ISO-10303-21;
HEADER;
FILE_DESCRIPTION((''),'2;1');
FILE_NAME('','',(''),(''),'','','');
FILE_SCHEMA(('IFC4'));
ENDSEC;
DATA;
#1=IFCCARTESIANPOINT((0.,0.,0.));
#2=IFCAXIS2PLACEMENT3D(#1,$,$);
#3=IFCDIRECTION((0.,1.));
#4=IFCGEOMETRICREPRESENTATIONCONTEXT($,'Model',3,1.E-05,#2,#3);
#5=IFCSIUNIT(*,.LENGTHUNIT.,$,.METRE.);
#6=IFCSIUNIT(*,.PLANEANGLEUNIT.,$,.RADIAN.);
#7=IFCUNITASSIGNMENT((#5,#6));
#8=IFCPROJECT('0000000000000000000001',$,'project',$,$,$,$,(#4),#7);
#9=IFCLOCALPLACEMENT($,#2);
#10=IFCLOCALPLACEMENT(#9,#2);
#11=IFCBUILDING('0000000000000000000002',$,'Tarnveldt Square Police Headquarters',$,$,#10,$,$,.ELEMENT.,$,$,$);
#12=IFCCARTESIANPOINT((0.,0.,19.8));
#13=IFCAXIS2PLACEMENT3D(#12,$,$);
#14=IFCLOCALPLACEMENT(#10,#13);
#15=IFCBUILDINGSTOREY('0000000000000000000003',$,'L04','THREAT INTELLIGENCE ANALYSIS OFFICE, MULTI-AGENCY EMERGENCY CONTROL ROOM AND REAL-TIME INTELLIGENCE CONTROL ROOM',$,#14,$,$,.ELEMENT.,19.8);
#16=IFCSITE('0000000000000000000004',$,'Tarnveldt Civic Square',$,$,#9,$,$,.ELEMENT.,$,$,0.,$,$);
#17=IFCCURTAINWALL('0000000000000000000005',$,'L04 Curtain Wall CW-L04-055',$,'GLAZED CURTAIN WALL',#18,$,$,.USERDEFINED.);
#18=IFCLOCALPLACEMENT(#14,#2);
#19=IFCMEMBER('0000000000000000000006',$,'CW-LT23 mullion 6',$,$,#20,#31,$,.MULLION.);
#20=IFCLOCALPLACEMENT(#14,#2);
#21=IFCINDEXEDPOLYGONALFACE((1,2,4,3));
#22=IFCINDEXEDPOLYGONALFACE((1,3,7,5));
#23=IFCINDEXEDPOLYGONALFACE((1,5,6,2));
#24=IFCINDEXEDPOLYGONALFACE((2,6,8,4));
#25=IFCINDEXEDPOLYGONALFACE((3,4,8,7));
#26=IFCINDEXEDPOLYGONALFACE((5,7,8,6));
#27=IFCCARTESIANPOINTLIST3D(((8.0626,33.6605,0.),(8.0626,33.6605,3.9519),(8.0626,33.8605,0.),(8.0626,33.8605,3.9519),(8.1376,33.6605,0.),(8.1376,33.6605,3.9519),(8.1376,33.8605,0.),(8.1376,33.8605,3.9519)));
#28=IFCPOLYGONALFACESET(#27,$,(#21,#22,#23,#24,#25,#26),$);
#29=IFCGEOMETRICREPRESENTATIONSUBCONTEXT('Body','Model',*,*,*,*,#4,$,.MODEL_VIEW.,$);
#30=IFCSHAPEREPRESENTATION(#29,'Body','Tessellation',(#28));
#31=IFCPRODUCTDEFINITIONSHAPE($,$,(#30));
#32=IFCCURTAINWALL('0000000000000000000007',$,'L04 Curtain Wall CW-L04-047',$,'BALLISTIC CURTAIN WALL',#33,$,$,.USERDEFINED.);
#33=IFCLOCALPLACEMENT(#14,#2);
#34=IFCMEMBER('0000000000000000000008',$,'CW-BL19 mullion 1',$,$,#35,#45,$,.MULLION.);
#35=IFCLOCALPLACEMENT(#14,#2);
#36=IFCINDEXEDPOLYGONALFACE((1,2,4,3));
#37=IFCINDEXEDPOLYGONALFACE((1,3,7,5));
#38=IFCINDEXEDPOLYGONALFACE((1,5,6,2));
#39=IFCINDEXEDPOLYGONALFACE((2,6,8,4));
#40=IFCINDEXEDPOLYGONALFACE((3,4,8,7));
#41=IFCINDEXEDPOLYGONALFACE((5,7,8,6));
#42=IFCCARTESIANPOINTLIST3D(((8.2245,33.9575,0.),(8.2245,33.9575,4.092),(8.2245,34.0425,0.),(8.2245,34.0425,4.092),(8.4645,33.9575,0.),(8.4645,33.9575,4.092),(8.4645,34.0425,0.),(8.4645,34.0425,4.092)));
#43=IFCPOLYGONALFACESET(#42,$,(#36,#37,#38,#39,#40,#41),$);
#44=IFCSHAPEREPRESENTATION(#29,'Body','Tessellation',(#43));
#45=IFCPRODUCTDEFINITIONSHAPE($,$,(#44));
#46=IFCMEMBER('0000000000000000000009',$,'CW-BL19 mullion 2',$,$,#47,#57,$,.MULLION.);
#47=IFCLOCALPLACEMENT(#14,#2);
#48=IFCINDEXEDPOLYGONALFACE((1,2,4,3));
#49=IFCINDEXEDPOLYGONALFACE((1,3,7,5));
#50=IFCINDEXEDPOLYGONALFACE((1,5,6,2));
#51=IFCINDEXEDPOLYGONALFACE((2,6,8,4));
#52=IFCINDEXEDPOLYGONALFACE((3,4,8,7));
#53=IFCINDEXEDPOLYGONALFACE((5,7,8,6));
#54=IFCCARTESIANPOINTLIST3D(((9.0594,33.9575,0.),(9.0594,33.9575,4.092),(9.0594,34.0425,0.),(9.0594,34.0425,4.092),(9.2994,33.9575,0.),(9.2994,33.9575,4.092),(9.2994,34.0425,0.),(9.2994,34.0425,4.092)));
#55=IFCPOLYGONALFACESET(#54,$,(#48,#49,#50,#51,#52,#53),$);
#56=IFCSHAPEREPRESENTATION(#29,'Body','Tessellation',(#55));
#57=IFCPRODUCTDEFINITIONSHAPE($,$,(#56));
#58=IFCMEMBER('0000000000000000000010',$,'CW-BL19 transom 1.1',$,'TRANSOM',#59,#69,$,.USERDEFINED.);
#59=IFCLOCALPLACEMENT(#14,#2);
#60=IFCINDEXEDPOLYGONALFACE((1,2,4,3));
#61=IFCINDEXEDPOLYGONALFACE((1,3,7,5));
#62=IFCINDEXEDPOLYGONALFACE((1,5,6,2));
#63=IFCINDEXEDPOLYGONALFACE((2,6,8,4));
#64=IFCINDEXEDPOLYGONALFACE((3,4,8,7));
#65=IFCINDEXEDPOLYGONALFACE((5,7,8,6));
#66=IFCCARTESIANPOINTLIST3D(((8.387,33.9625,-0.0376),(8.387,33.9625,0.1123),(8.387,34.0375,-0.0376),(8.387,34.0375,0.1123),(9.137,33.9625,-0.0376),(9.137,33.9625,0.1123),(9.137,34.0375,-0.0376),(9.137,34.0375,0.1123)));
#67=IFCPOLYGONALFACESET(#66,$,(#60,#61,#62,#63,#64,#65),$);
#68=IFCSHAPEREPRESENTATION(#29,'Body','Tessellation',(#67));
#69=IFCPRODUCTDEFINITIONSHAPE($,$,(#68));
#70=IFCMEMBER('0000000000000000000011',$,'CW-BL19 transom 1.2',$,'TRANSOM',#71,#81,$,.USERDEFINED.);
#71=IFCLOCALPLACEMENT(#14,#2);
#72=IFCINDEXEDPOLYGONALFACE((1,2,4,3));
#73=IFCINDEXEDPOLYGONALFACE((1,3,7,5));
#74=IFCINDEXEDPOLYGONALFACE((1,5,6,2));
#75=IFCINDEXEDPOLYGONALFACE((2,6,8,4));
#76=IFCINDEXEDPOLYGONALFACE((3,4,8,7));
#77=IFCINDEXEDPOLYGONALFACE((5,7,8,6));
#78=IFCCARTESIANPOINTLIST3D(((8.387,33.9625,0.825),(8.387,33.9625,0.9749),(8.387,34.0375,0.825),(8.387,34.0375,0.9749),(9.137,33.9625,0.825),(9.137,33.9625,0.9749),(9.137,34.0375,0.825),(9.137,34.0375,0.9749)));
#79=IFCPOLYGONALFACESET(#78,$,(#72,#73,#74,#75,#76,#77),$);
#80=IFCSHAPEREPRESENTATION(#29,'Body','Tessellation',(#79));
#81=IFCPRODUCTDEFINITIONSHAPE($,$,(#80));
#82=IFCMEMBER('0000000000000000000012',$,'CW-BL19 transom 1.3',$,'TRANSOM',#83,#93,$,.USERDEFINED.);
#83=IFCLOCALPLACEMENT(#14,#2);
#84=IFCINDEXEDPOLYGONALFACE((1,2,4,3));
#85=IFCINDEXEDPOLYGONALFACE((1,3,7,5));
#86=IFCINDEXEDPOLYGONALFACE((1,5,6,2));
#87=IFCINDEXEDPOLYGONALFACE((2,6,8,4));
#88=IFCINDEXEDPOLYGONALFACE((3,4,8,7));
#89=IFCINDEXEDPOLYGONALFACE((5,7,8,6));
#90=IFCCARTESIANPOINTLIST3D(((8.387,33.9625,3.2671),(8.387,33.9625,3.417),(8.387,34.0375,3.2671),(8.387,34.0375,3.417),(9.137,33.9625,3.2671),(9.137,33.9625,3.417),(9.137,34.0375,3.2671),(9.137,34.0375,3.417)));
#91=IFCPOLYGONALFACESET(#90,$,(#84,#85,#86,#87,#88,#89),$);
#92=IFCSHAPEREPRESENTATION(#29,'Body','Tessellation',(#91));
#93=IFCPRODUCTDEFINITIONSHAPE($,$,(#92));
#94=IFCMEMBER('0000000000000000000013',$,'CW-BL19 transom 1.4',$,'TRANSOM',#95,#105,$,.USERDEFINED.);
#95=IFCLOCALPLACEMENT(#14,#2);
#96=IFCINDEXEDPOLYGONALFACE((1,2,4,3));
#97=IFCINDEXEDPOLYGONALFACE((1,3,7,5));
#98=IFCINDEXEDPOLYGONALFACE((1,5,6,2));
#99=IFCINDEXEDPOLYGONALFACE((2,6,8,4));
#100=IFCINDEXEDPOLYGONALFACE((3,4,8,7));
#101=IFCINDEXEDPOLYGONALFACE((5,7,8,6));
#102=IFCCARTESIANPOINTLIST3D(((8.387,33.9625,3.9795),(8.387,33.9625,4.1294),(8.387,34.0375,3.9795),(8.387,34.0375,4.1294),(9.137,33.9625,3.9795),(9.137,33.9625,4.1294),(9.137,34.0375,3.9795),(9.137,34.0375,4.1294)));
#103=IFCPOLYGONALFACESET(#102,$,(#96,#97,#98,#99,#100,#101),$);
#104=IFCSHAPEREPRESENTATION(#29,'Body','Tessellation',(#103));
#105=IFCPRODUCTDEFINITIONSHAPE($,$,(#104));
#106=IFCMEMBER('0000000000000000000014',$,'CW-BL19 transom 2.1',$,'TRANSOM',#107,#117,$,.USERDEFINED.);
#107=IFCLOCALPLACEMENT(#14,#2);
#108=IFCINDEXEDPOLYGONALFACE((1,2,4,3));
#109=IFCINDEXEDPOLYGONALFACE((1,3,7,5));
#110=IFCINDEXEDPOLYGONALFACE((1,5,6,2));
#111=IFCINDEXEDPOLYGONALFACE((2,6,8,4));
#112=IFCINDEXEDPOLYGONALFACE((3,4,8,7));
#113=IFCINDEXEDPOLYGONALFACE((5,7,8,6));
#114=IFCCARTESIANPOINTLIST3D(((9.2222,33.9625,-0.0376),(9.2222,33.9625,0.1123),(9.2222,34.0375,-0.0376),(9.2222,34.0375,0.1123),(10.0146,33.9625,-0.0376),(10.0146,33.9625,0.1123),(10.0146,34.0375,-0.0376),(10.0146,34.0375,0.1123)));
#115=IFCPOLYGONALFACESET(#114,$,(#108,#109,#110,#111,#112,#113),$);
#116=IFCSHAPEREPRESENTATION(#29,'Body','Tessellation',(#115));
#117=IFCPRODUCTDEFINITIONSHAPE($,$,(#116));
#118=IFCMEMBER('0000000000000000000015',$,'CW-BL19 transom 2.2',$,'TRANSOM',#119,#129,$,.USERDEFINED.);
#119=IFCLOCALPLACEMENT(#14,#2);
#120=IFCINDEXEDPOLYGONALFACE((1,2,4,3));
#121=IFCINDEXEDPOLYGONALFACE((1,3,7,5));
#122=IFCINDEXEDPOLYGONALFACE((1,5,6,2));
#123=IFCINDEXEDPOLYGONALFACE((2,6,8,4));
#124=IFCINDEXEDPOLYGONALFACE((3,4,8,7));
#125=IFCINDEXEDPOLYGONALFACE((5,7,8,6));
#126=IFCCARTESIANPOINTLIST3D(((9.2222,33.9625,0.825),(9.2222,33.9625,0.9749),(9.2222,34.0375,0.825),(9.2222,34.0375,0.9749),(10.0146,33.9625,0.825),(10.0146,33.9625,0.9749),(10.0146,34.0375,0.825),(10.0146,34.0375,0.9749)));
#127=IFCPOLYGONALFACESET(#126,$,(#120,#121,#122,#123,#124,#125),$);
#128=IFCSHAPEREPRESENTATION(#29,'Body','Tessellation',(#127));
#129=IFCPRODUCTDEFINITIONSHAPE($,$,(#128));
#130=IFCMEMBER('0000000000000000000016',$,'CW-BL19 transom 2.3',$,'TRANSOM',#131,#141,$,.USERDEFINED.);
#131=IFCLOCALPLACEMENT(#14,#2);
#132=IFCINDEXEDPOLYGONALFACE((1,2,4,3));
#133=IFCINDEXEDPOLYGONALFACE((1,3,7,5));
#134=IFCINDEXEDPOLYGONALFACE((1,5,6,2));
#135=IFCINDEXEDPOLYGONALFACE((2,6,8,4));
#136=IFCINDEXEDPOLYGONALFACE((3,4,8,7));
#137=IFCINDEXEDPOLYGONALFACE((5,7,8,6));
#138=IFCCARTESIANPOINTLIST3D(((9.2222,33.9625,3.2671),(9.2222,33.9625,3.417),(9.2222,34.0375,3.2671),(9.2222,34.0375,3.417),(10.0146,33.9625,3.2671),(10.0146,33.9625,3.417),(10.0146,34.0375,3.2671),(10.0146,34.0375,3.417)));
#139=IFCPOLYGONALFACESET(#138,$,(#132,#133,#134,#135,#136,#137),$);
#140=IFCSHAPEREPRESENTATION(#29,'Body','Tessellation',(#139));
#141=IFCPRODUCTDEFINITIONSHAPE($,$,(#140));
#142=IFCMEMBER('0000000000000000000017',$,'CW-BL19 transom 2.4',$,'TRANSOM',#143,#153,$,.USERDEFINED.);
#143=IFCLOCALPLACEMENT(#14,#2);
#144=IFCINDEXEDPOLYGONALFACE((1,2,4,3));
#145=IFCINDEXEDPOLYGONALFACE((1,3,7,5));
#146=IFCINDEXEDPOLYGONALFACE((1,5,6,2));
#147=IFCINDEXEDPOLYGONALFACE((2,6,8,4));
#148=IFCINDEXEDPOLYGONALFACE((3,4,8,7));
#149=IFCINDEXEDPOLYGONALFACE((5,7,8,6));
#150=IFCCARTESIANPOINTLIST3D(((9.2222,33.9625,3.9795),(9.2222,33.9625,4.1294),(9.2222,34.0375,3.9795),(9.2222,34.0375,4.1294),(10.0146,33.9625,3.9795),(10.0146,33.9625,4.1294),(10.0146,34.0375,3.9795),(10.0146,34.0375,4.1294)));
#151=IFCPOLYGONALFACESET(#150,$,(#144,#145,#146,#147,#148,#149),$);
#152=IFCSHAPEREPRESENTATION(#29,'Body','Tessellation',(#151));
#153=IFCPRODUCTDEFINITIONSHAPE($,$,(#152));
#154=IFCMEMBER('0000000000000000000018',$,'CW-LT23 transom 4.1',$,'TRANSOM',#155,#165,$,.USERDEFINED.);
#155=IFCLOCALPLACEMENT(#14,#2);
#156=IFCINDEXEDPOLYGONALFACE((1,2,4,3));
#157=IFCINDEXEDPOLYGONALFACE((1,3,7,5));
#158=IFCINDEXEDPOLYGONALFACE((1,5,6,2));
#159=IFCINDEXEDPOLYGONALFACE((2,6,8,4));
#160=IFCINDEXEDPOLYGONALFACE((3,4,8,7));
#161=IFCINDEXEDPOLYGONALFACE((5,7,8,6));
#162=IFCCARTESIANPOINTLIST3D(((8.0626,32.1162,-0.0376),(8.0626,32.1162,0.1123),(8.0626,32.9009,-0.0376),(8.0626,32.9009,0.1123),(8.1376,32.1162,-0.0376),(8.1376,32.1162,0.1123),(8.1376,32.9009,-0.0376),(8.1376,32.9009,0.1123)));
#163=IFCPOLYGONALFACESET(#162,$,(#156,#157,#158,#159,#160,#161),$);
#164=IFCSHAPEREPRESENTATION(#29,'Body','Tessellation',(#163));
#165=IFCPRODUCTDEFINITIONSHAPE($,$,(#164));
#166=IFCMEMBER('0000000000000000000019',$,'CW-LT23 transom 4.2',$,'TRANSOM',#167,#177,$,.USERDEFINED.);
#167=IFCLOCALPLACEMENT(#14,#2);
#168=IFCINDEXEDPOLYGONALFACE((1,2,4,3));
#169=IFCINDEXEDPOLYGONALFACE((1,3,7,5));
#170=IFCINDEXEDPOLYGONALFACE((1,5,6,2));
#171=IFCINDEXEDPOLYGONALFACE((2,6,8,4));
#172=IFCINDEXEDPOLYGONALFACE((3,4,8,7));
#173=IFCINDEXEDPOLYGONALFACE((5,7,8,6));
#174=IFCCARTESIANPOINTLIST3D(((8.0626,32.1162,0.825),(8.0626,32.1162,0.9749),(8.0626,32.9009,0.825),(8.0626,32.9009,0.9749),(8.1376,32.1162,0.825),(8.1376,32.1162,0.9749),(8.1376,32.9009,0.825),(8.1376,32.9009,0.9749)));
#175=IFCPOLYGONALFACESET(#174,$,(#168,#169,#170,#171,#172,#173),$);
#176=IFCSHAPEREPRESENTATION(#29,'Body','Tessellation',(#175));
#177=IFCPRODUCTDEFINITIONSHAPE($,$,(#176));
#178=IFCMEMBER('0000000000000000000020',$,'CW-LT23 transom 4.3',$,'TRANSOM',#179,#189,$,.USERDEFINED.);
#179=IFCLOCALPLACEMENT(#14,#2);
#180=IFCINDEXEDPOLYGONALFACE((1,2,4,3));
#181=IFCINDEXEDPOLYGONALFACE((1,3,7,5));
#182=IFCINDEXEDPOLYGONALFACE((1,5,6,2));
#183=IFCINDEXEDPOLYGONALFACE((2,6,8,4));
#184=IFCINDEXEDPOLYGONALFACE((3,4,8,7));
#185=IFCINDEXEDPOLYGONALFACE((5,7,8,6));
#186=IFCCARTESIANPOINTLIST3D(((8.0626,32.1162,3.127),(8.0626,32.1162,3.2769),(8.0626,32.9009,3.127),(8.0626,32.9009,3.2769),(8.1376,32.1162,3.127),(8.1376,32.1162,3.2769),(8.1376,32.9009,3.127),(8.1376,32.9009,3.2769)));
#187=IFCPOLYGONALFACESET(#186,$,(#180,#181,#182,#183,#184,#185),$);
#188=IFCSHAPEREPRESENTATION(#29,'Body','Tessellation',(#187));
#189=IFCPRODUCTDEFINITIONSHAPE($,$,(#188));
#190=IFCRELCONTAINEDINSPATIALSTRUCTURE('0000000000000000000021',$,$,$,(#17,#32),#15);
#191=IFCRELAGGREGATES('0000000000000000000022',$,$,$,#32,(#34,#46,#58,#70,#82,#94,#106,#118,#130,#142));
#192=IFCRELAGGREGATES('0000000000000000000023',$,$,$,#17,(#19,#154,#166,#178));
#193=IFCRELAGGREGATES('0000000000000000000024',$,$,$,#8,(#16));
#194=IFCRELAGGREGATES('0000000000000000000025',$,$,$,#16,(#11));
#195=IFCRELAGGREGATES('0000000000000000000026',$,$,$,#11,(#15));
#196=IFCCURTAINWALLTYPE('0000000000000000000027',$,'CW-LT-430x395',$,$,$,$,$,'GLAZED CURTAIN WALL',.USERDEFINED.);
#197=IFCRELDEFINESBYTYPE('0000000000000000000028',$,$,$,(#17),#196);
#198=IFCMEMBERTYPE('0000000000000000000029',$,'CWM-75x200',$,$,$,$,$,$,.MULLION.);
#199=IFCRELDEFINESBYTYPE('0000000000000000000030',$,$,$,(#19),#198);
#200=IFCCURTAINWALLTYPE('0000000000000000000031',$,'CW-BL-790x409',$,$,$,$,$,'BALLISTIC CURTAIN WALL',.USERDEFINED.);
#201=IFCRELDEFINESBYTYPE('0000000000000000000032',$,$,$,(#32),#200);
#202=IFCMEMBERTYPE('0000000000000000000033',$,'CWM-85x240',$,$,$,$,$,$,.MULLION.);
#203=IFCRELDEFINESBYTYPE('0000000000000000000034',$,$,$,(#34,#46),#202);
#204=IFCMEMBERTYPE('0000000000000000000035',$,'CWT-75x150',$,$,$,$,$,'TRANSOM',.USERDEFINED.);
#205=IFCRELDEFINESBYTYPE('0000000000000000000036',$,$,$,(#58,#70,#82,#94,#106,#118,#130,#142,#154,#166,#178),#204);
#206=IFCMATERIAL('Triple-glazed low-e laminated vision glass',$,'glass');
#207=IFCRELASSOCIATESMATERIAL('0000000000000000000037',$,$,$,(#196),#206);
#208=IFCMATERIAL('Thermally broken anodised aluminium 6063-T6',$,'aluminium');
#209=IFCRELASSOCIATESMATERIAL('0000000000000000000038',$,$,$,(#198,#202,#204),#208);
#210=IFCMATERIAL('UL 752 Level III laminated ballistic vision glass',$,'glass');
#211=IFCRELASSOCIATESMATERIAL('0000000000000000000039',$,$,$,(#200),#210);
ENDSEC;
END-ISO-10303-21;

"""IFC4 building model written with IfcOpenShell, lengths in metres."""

from ifc_helpers import new_model, si_unit, direction, frame, origin, origin_2d, place, context, subcontext, project, spatial, rectangle, extrude, material, material_profile, profile_set, type_object, element, aggregate, save


model = new_model("IFC4")

# Units and contexts
model_context = context("Model", 3, precision=1e-05, world=origin(), true_north=direction((0.0, 1.0)))
body_context = subcontext(model_context, "Body", "Model", "MODEL_VIEW")
ifc_project = project(units=[si_unit("LENGTHUNIT", "METRE"), si_unit("PLANEANGLEUNIT", "RADIAN")], contexts=[model_context])

# Site, building, storey
site_placement = place(None, origin())
site = spatial("IfcSite", under=ifc_project, at=site_placement, Name="Tarnveldt Civic Square", CompositionType="ELEMENT", RefElevation=0.0)
building_placement = place(site_placement, origin())
building = spatial("IfcBuilding", under=site, at=building_placement, Name="Tarnveldt Square Police Headquarters", CompositionType="ELEMENT")
storey_placement = place(building_placement, frame((0.0, 0.0, 19.8)))
storey = spatial("IfcBuildingStorey", under=building, at=storey_placement, Name="L04", Description="THREAT INTELLIGENCE ANALYSIS OFFICE, MULTI-AGENCY EMERGENCY CONTROL ROOM AND REAL-TIME INTELLIGENCE CONTROL ROOM", CompositionType="ELEMENT", Elevation=19.8)

# Curtain walls, members
ifc_material_1 = material(Name="Triple-glazed low-e laminated vision glass", Category="glass")
curtain_wall_type_1 = type_object("IfcCurtainWallType", Name="CW-LT-430x395", ElementType="GLAZED CURTAIN WALL", PredefinedType="USERDEFINED", material=ifc_material_1)
curtain_wall_1_placement = place(storey_placement, origin())
curtain_wall_1 = element("IfcCurtainWall", 1, at=curtain_wall_1_placement, inside=storey, type_object=curtain_wall_type_1, Name="L04 Curtain Wall CW-L04-055", ObjectType="GLAZED CURTAIN WALL", PredefinedType="USERDEFINED")
ifc_material_2 = material(Name="Thermally broken anodised aluminium 6063-T6", Category="aluminium")
ifc_material_profile_1 = material_profile(ifc_material_2, rectangle(XDim=0.075, YDim=0.2, at=origin_2d()), Name="CW-M75x200")
ifc_profile_set_1 = profile_set([ifc_material_profile_1], Name="Thermally broken anodised aluminium 6063-T6")
member_type_1 = type_object("IfcMemberType", Name="CWM-75x200", PredefinedType="MULLION", material=ifc_profile_set_1)
member_1_placement = place(storey_placement, frame((8.1001, 33.7605, 0.0), z_axis=(0.0, 0.0, 1.0), x_axis=(-1.0, 0.0, 0.0)))
member_1 = element("IfcMember", 2, at=member_1_placement, type_object=member_type_1, Name="CW-LT23 mullion 6", PredefinedType="MULLION", context=body_context, shape_type="SweptSolid", body=[
    extrude(rectangle(XDim=0.075, YDim=0.2, at=origin_2d()), origin(), (0.0, 0.0, 1.0), 3.9519),
])
ifc_material_3 = material(Name="UL 752 Level III laminated ballistic vision glass", Category="glass")
curtain_wall_type_2 = type_object("IfcCurtainWallType", Name="CW-BL-790x409", ElementType="BALLISTIC CURTAIN WALL", PredefinedType="USERDEFINED", material=ifc_material_3)
curtain_wall_2_placement = place(storey_placement, origin())
curtain_wall_2 = element("IfcCurtainWall", 3, at=curtain_wall_2_placement, inside=storey, type_object=curtain_wall_type_2, Name="L04 Curtain Wall CW-L04-047", ObjectType="BALLISTIC CURTAIN WALL", PredefinedType="USERDEFINED")
ifc_material_profile_2 = material_profile(ifc_material_2, rectangle(XDim=0.085, YDim=0.24, at=origin_2d()), Name="CW-M85x240")
ifc_profile_set_2 = profile_set([ifc_material_profile_2], Name="Thermally broken anodised aluminium 6063-T6")
member_type_2 = type_object("IfcMemberType", Name="CWM-85x240", PredefinedType="MULLION", material=ifc_profile_set_2)
member_2_placement = place(storey_placement, frame((8.3445, 34.0, 0.0), z_axis=(0.0, 0.0, 1.0), x_axis=(0.0, 1.0, 0.0)))
member_2 = element("IfcMember", 4, at=member_2_placement, type_object=member_type_2, Name="CW-BL19 mullion 1", PredefinedType="MULLION", context=body_context, shape_type="SweptSolid", body=[
    extrude(rectangle(XDim=0.085, YDim=0.24, at=origin_2d()), origin(), (0.0, 0.0, 1.0), 4.092),
])
member_3_placement = place(storey_placement, frame((9.1794, 34.0, 0.0), z_axis=(0.0, 0.0, 1.0), x_axis=(0.0, 1.0, 0.0)))
member_3 = element("IfcMember", 5, at=member_3_placement, type_object=member_type_2, Name="CW-BL19 mullion 2", PredefinedType="MULLION", context=body_context, shape_type="SweptSolid", body=[
    extrude(rectangle(XDim=0.085, YDim=0.24, at=origin_2d()), origin(), (0.0, 0.0, 1.0), 4.092),
])
ifc_material_profile_3 = material_profile(ifc_material_2, rectangle(XDim=0.075, YDim=0.1499, at=origin_2d()), Name="CW-T75x150")
ifc_profile_set_3 = profile_set([ifc_material_profile_3], Name="Thermally broken anodised aluminium 6063-T6")
member_type_3 = type_object("IfcMemberType", Name="CWT-75x150", ElementType="TRANSOM", PredefinedType="USERDEFINED", material=ifc_profile_set_3)
member_4_placement = place(storey_placement, frame((8.387, 34.0, 0.0374), z_axis=(1.0, 0.0, 0.0), x_axis=(0.0, 1.0, 0.0)))
member_4 = element("IfcMember", 6, at=member_4_placement, type_object=member_type_3, Name="CW-BL19 transom 1.1", ObjectType="TRANSOM", PredefinedType="USERDEFINED", context=body_context, shape_type="SweptSolid", body=[
    extrude(rectangle(XDim=0.075, YDim=0.1499, at=origin_2d()), origin(), (0.0, 0.0, 1.0), 0.75),
])
member_5_placement = place(storey_placement, frame((8.387, 34.0, 0.8999), z_axis=(1.0, 0.0, 0.0), x_axis=(0.0, 1.0, 0.0)))
member_5 = element("IfcMember", 7, at=member_5_placement, type_object=member_type_3, Name="CW-BL19 transom 1.2", ObjectType="TRANSOM", PredefinedType="USERDEFINED", context=body_context, shape_type="SweptSolid", body=[
    extrude(rectangle(XDim=0.075, YDim=0.1499, at=origin_2d()), origin(), (0.0, 0.0, 1.0), 0.75),
])
member_6_placement = place(storey_placement, frame((8.387, 34.0, 3.342), z_axis=(1.0, 0.0, 0.0), x_axis=(0.0, 1.0, 0.0)))
member_6 = element("IfcMember", 8, at=member_6_placement, type_object=member_type_3, Name="CW-BL19 transom 1.3", ObjectType="TRANSOM", PredefinedType="USERDEFINED", context=body_context, shape_type="SweptSolid", body=[
    extrude(rectangle(XDim=0.075, YDim=0.1499, at=origin_2d()), origin(), (0.0, 0.0, 1.0), 0.75),
])
member_7_placement = place(storey_placement, frame((8.387, 34.0, 4.0544), z_axis=(1.0, 0.0, 0.0), x_axis=(0.0, 1.0, 0.0)))
member_7 = element("IfcMember", 9, at=member_7_placement, type_object=member_type_3, Name="CW-BL19 transom 1.4", ObjectType="TRANSOM", PredefinedType="USERDEFINED", context=body_context, shape_type="SweptSolid", body=[
    extrude(rectangle(XDim=0.075, YDim=0.1499, at=origin_2d()), origin(), (0.0, 0.0, 1.0), 0.75),
])
member_8_placement = place(storey_placement, frame((9.2222, 34.0, 0.0374), z_axis=(1.0, 0.0, 0.0), x_axis=(0.0, 1.0, 0.0)))
member_8 = element("IfcMember", 10, at=member_8_placement, type_object=member_type_3, Name="CW-BL19 transom 2.1", ObjectType="TRANSOM", PredefinedType="USERDEFINED", context=body_context, shape_type="SweptSolid", body=[
    extrude(rectangle(XDim=0.075, YDim=0.1499, at=origin_2d()), origin(), (0.0, 0.0, 1.0), 0.7925),
])
member_9_placement = place(storey_placement, frame((9.2222, 34.0, 0.8999), z_axis=(1.0, 0.0, 0.0), x_axis=(0.0, 1.0, 0.0)))
member_9 = element("IfcMember", 11, at=member_9_placement, type_object=member_type_3, Name="CW-BL19 transom 2.2", ObjectType="TRANSOM", PredefinedType="USERDEFINED", context=body_context, shape_type="SweptSolid", body=[
    extrude(rectangle(XDim=0.075, YDim=0.1499, at=origin_2d()), origin(), (0.0, 0.0, 1.0), 0.7925),
])
member_10_placement = place(storey_placement, frame((9.2222, 34.0, 3.342), z_axis=(1.0, 0.0, 0.0), x_axis=(0.0, 1.0, 0.0)))
member_10 = element("IfcMember", 12, at=member_10_placement, type_object=member_type_3, Name="CW-BL19 transom 2.3", ObjectType="TRANSOM", PredefinedType="USERDEFINED", context=body_context, shape_type="SweptSolid", body=[
    extrude(rectangle(XDim=0.075, YDim=0.1499, at=origin_2d()), origin(), (0.0, 0.0, 1.0), 0.7925),
])
member_11_placement = place(storey_placement, frame((9.2222, 34.0, 4.0544), z_axis=(1.0, 0.0, 0.0), x_axis=(0.0, 1.0, 0.0)))
member_11 = element("IfcMember", 13, at=member_11_placement, type_object=member_type_3, Name="CW-BL19 transom 2.4", ObjectType="TRANSOM", PredefinedType="USERDEFINED", context=body_context, shape_type="SweptSolid", body=[
    extrude(rectangle(XDim=0.075, YDim=0.1499, at=origin_2d()), origin(), (0.0, 0.0, 1.0), 0.7925),
])

# Members
member_12_placement = place(storey_placement, frame((8.1001, 32.1162, 0.0374), z_axis=(0.0, 1.0, 0.0), x_axis=(-1.0, 0.0, 0.0)))
member_12 = element("IfcMember", 14, at=member_12_placement, type_object=member_type_3, Name="CW-LT23 transom 4.1", ObjectType="TRANSOM", PredefinedType="USERDEFINED", context=body_context, shape_type="SweptSolid", body=[
    extrude(rectangle(XDim=0.075, YDim=0.1499, at=origin_2d()), origin(), (0.0, 0.0, 1.0), 0.7847),
])
member_13_placement = place(storey_placement, frame((8.1001, 32.1162, 0.8999), z_axis=(0.0, 1.0, 0.0), x_axis=(-1.0, 0.0, 0.0)))
member_13 = element("IfcMember", 15, at=member_13_placement, type_object=member_type_3, Name="CW-LT23 transom 4.2", ObjectType="TRANSOM", PredefinedType="USERDEFINED", context=body_context, shape_type="SweptSolid", body=[
    extrude(rectangle(XDim=0.075, YDim=0.1499, at=origin_2d()), origin(), (0.0, 0.0, 1.0), 0.7847),
])
member_14_placement = place(storey_placement, frame((8.1001, 32.1162, 3.2019), z_axis=(0.0, 1.0, 0.0), x_axis=(-1.0, 0.0, 0.0)))
member_14 = element("IfcMember", 16, at=member_14_placement, type_object=member_type_3, Name="CW-LT23 transom 4.3", ObjectType="TRANSOM", PredefinedType="USERDEFINED", context=body_context, shape_type="SweptSolid", body=[
    extrude(rectangle(XDim=0.075, YDim=0.1499, at=origin_2d()), origin(), (0.0, 0.0, 1.0), 0.7847),
])

aggregate(curtain_wall_2, [member_2, member_3, member_4, member_5, member_6, member_7, member_8, member_9, member_10, member_11])
aggregate(curtain_wall_1, [member_1, member_12, member_13, member_14])

save(model, "model.ifc")
